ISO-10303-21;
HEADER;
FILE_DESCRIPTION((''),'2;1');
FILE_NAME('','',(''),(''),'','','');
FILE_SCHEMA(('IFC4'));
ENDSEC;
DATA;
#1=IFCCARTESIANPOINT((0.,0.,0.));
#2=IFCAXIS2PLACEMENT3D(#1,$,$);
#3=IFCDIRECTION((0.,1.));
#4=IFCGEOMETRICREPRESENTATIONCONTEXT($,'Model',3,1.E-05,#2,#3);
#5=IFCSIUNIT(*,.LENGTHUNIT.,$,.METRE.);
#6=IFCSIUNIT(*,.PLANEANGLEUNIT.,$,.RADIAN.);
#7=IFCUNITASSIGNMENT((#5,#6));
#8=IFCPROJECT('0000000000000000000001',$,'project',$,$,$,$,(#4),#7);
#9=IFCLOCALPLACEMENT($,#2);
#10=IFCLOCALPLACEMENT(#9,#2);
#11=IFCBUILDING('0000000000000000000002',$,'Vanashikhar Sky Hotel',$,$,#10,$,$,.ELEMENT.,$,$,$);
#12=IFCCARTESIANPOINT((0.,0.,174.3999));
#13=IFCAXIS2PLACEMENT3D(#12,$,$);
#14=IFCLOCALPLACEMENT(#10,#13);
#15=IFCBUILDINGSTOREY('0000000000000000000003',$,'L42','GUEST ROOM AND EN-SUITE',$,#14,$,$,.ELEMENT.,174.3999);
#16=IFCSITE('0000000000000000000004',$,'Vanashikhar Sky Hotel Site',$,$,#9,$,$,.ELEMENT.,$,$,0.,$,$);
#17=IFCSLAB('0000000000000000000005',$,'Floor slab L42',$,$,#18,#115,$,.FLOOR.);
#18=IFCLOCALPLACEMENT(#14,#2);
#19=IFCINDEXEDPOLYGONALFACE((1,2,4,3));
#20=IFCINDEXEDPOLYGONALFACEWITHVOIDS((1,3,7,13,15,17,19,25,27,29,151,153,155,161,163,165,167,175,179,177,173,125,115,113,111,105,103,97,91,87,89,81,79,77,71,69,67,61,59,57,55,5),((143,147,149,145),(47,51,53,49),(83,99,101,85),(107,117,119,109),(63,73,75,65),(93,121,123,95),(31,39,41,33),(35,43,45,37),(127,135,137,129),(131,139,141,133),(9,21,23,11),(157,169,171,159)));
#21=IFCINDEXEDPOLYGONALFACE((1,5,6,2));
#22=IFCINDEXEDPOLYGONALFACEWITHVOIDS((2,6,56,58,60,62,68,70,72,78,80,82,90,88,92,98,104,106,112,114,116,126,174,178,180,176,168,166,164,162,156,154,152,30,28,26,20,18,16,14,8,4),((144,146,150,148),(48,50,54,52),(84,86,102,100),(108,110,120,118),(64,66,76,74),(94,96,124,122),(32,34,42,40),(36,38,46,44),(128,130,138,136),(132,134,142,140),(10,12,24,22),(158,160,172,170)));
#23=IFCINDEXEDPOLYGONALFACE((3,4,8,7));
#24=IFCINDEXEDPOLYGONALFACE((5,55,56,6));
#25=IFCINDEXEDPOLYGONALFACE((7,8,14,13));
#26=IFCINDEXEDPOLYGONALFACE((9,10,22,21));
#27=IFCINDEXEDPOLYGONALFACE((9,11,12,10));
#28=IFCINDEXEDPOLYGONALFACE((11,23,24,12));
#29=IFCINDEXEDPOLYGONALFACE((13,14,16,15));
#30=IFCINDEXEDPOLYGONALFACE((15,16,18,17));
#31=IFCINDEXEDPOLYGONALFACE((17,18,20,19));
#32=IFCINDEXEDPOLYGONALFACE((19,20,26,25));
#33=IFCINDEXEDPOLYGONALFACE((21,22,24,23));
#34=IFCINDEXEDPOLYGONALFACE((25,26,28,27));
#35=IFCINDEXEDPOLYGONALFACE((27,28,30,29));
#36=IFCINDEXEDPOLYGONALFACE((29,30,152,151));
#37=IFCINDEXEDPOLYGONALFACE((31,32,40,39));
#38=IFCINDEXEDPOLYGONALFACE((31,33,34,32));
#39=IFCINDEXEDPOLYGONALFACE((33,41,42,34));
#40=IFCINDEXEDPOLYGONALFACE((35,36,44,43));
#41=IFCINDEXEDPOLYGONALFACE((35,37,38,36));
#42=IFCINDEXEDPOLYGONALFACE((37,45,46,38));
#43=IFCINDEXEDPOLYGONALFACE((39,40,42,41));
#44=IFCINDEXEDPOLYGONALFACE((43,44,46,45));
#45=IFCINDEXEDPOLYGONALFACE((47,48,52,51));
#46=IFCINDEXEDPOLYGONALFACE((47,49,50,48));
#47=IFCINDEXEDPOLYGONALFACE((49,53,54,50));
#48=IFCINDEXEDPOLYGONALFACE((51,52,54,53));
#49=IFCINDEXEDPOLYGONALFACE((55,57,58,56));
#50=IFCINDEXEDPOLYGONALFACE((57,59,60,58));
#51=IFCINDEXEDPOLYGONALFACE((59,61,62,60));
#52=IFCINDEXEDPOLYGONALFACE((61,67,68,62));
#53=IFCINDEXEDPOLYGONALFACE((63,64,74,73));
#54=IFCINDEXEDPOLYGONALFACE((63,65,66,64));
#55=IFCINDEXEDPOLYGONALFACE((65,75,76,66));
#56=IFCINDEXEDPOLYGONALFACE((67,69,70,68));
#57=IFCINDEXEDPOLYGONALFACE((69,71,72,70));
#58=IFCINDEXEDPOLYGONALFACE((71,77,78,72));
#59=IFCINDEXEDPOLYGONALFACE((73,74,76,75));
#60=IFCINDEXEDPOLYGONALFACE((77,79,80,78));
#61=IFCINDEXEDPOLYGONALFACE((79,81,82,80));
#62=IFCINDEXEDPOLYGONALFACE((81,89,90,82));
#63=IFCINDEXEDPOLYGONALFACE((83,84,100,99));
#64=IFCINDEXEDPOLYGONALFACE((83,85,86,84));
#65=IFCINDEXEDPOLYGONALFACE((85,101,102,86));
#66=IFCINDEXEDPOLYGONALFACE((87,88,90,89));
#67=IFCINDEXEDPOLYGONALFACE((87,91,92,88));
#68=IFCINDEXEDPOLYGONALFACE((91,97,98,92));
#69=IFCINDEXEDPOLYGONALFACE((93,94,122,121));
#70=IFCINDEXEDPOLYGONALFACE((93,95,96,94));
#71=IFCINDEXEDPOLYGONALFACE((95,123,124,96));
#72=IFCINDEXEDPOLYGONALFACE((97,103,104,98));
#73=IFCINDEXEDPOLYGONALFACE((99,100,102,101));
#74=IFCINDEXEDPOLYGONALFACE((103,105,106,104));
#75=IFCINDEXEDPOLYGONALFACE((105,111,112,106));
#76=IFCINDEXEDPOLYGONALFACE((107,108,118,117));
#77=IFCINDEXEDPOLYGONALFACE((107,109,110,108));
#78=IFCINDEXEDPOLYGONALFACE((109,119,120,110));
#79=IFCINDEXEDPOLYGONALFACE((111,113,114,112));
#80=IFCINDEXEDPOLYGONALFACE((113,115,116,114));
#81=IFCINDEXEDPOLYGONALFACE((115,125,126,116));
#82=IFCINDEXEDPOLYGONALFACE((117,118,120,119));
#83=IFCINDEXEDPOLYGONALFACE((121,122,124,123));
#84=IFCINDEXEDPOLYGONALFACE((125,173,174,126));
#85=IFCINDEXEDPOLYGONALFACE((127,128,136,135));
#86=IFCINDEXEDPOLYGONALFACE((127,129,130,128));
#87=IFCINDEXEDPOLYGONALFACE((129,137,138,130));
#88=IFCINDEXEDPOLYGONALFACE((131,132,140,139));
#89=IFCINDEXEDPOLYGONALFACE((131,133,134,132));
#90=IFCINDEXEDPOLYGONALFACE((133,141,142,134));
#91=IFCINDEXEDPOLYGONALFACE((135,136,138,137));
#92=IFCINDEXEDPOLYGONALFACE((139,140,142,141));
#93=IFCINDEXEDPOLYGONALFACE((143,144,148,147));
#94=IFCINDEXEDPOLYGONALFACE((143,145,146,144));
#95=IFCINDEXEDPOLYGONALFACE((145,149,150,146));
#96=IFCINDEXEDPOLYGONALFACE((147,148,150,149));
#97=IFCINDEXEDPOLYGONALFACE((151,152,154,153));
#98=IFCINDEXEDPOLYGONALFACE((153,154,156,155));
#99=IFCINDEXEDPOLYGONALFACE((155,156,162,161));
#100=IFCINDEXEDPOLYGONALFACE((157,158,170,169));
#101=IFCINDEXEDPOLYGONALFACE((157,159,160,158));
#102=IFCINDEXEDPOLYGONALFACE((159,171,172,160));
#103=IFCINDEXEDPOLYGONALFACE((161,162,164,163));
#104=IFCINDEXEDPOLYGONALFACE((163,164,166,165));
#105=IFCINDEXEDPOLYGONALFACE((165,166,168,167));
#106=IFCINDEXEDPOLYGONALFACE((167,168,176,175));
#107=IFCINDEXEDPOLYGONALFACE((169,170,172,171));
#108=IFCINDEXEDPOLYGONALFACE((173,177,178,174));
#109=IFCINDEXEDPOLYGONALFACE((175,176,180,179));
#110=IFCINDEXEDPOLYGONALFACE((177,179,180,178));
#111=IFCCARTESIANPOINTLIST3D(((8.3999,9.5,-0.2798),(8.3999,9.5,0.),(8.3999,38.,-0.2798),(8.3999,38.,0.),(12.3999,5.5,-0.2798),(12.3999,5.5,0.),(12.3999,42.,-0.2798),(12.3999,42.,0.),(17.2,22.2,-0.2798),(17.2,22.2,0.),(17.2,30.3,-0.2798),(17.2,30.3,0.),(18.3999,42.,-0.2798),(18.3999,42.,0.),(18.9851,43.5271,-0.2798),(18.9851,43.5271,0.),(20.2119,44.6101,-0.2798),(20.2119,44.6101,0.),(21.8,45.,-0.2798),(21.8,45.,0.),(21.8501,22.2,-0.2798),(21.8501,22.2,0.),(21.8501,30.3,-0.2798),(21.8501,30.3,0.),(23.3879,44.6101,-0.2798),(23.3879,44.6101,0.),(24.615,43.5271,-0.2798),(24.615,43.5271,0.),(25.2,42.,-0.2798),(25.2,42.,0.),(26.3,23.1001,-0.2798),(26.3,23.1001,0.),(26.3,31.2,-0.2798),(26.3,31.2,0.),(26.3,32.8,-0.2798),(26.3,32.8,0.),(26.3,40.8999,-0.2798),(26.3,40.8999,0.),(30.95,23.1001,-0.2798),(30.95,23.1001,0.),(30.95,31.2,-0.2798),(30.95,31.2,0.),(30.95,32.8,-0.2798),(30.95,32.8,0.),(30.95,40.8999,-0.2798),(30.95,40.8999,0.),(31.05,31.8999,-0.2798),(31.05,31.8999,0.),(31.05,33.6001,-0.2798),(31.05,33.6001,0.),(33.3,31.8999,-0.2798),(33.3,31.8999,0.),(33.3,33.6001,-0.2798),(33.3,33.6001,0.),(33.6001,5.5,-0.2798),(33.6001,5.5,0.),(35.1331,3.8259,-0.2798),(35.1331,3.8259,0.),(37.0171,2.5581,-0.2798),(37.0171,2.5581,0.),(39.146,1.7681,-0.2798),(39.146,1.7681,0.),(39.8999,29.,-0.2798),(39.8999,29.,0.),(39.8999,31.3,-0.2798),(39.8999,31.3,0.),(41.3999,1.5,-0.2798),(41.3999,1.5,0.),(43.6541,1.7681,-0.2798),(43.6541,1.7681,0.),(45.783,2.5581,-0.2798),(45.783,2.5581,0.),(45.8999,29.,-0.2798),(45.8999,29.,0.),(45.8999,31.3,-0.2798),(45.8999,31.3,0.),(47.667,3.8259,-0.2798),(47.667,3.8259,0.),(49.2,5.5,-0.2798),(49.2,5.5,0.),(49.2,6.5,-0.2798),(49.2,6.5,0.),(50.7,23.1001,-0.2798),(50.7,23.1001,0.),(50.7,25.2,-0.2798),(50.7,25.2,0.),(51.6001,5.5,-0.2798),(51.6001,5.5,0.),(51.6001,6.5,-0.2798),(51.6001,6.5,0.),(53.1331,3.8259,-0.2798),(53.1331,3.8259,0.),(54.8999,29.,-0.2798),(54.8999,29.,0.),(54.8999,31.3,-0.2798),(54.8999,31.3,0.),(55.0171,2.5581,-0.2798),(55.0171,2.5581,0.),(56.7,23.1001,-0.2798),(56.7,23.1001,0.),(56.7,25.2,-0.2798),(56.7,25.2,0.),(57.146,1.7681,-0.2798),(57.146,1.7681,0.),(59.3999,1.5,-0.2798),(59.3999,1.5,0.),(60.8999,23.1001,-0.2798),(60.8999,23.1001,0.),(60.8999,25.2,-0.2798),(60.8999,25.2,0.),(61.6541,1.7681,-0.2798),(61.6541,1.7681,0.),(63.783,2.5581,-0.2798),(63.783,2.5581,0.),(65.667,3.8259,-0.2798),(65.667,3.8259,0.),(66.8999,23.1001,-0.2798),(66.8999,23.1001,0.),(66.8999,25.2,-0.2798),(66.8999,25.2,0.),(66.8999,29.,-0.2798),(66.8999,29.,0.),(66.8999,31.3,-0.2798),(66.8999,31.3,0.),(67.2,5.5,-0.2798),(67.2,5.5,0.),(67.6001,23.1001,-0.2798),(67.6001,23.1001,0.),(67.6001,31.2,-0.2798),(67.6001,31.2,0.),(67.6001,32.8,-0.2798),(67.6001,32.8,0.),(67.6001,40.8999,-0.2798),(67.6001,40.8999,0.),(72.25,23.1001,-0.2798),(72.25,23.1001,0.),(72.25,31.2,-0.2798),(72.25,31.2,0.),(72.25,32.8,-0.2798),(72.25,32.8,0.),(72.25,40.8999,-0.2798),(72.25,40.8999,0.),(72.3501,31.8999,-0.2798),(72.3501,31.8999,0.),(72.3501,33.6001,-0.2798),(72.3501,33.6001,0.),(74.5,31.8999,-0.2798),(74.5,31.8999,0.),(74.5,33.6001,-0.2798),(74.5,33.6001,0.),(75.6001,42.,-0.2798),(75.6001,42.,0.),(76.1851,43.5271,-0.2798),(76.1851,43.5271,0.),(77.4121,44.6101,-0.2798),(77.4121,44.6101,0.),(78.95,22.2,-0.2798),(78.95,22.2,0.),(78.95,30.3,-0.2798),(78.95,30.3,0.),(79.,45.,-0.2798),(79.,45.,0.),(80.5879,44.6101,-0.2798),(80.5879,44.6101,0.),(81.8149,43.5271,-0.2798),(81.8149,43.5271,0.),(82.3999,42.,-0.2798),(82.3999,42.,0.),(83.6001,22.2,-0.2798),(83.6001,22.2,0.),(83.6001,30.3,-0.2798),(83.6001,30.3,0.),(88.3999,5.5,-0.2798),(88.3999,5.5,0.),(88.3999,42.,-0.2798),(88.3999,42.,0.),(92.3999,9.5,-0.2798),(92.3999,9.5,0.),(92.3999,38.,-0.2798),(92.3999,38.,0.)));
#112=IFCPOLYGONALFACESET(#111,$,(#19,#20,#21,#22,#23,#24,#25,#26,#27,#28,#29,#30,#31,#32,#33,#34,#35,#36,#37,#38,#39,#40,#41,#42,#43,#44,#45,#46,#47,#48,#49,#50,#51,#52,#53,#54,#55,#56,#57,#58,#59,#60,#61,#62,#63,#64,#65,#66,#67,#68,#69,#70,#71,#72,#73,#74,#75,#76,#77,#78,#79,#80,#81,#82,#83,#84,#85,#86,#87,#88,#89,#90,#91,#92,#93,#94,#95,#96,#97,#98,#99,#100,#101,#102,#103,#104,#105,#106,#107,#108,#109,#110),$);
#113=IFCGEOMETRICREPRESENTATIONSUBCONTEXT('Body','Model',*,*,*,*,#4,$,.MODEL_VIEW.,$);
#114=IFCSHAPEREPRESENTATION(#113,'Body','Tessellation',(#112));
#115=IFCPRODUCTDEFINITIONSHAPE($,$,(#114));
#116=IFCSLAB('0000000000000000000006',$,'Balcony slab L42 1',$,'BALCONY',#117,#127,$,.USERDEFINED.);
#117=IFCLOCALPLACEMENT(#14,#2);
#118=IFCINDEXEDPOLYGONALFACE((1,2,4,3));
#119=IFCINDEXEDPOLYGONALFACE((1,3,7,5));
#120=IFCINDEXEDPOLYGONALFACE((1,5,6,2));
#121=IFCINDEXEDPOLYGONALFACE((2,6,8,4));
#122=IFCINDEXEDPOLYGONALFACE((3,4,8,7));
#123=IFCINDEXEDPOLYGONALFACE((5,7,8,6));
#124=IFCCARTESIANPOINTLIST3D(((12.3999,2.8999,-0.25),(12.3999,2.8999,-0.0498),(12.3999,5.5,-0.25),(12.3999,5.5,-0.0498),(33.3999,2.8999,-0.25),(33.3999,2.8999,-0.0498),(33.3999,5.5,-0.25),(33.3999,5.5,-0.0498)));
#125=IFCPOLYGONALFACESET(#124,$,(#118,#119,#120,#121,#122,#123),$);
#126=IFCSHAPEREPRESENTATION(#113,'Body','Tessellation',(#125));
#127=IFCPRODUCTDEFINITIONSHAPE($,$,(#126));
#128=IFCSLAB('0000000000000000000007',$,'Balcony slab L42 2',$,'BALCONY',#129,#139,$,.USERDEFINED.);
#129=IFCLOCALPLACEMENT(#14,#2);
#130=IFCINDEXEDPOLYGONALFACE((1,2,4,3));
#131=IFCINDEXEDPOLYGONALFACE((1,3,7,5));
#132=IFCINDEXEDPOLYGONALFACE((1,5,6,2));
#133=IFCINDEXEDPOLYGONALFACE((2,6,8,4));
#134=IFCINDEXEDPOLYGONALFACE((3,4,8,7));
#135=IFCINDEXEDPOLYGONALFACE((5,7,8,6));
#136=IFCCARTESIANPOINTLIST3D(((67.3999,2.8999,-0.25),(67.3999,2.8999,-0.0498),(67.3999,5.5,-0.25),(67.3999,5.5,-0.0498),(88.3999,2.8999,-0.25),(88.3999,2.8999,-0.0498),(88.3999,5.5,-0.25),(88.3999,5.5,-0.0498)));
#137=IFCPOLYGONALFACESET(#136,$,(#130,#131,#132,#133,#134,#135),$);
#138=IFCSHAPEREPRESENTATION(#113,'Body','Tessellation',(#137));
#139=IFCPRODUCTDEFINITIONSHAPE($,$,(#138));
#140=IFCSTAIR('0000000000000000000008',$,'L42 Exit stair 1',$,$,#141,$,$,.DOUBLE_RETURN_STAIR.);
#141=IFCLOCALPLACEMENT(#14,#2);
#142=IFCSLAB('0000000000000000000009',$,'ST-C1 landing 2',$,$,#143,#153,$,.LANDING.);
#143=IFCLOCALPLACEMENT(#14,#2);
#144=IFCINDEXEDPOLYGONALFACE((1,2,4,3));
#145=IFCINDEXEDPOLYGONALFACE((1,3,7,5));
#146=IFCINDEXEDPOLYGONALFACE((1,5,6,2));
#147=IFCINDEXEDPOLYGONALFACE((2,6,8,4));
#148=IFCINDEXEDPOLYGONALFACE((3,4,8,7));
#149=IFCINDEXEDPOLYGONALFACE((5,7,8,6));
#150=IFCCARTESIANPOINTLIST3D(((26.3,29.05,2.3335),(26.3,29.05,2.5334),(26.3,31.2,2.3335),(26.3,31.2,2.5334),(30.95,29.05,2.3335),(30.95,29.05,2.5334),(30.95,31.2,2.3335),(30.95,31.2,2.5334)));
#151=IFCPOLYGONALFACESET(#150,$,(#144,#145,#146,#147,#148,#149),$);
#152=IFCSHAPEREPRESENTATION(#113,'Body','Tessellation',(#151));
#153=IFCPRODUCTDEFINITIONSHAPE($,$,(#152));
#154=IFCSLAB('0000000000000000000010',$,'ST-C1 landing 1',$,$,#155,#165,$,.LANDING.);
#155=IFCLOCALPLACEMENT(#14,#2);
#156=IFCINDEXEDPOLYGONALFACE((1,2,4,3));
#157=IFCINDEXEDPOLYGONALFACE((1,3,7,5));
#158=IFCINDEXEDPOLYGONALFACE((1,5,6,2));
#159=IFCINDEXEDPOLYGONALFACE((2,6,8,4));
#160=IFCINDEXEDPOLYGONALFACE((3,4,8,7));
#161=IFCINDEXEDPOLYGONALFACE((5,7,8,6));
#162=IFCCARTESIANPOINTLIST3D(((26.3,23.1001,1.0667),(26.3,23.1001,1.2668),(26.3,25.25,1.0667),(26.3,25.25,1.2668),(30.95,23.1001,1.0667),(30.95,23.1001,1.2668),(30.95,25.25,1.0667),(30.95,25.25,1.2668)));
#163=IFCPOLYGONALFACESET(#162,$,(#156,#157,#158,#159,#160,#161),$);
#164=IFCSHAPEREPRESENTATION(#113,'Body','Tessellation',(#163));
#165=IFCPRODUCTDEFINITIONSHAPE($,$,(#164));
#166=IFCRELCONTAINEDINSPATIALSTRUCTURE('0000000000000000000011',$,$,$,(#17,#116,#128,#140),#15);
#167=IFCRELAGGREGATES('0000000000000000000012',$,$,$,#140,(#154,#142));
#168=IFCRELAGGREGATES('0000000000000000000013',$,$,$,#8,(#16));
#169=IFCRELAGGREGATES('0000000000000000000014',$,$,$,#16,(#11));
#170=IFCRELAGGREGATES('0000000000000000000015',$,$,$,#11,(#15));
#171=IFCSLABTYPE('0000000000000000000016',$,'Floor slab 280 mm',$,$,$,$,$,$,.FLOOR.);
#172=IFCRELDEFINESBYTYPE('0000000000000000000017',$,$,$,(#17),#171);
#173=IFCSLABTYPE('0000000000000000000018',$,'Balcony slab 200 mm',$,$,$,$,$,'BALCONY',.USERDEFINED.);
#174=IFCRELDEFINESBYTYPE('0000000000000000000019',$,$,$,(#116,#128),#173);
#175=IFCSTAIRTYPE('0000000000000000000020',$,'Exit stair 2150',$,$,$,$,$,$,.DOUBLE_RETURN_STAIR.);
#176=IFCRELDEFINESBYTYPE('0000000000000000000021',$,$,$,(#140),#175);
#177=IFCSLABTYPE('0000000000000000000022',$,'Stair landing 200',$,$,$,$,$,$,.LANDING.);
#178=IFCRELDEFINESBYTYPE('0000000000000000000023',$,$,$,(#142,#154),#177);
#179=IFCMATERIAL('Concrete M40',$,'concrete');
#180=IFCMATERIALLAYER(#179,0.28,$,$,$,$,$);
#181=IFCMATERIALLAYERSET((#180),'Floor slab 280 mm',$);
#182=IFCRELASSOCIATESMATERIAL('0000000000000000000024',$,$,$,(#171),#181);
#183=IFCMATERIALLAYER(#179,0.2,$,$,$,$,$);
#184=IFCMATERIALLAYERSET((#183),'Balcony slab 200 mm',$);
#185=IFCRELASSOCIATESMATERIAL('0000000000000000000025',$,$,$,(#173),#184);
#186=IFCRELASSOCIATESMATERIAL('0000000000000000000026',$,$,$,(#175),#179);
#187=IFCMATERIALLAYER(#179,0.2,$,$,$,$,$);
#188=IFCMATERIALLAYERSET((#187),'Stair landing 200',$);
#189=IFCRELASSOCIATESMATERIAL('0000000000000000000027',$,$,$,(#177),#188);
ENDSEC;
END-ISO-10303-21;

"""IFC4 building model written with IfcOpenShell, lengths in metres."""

from ifc_helpers import new_model, si_unit, direction, frame, origin, place, context, subcontext, project, spatial, polyline, outline, extrude, source, transform, mapped, material, layer, layer_set, type_object, element, aggregate, save


model = new_model("IFC4")

# Units and contexts
model_context = context("Model", 3, precision=1e-05, world=origin(), true_north=direction((0.0, 1.0)))
body_context = subcontext(model_context, "Body", "Model", "MODEL_VIEW")
ifc_project = project(units=[si_unit("LENGTHUNIT", "METRE"), si_unit("PLANEANGLEUNIT", "RADIAN")], contexts=[model_context])

# Site, building, storey
site_placement = place(None, origin())
site = spatial("IfcSite", under=ifc_project, at=site_placement, Name="Vanashikhar Sky Hotel Site", CompositionType="ELEMENT", RefElevation=0.0)
building_placement = place(site_placement, origin())
building = spatial("IfcBuilding", under=site, at=building_placement, Name="Vanashikhar Sky Hotel", CompositionType="ELEMENT")
storey_placement = place(building_placement, frame((0.0, 0.0, 174.3999)))
storey = spatial("IfcBuildingStorey", under=building, at=storey_placement, Name="L42", Description="GUEST ROOM AND EN-SUITE", CompositionType="ELEMENT", Elevation=174.3999)

# Slabs
ifc_material = material(Name="Concrete M40", Category="concrete")
ifc_layer_1 = layer(ifc_material, 0.28)
ifc_layer_set_1 = layer_set([ifc_layer_1], Name="Floor slab 280 mm")
slab_type_1 = type_object("IfcSlabType", Name="Floor slab 280 mm", PredefinedType="FLOOR", material=ifc_layer_set_1)
shared_shape_1 = source(origin(), body_context, "Body", "SweptSolid", [
    extrude(outline(polyline([(49.2, 5.5), (49.2, 6.5), (51.6001, 6.5), (51.6001, 5.5), (53.1331, 3.8259), (55.0171, 2.5581), (57.146, 1.7681), (59.3999, 1.5), (61.6541, 1.7681), (63.783, 2.5581), (65.667, 3.8259), (67.2, 5.5), (88.3999, 5.5), (92.3999, 9.5), (92.3999, 38.0), (88.3999, 42.0), (82.3999, 42.0), (81.8149, 43.5271), (80.5879, 44.6101), (79.0, 45.0), (77.4121, 44.6101), (76.1851, 43.5271), (75.6001, 42.0), (25.2, 42.0), (24.615, 43.5271), (23.3879, 44.6101), (21.8, 45.0), (20.2119, 44.6101), (18.9851, 43.5271), (18.3999, 42.0), (12.3999, 42.0), (8.3999, 38.0), (8.3999, 9.5), (12.3999, 5.5), (33.6001, 5.5), (35.1331, 3.8259), (37.0171, 2.5581), (39.146, 1.7681), (41.3999, 1.5), (43.6541, 1.7681), (45.783, 2.5581), (47.667, 3.8259), (49.2, 5.5)]), holes=[polyline([(33.3, 33.6001), (31.05, 33.6001), (31.05, 31.8999), (33.3, 31.8999), (33.3, 33.6001)]), polyline([(39.8999, 31.3), (39.8999, 29.0), (45.8999, 29.0), (45.8999, 31.3), (39.8999, 31.3)]), polyline([(50.7, 25.2), (50.7, 23.1001), (56.7, 23.1001), (56.7, 25.2), (50.7, 25.2)]), polyline([(66.8999, 29.0), (66.8999, 31.3), (54.8999, 31.3), (54.8999, 29.0), (66.8999, 29.0)]), polyline([(60.8999, 25.2), (60.8999, 23.1001), (66.8999, 23.1001), (66.8999, 25.2), (60.8999, 25.2)]), polyline([(74.5, 33.6001), (72.3501, 33.6001), (72.3501, 31.8999), (74.5, 31.8999), (74.5, 33.6001)]), polyline([(30.95, 23.1001), (30.95, 31.2), (26.3, 31.2), (26.3, 23.1001), (30.95, 23.1001)]), polyline([(72.25, 23.1001), (72.25, 31.2), (67.6001, 31.2), (67.6001, 23.1001), (72.25, 23.1001)]), polyline([(30.95, 32.8), (30.95, 40.8999), (26.3, 40.8999), (26.3, 32.8), (30.95, 32.8)]), polyline([(72.25, 32.8), (72.25, 40.8999), (67.6001, 40.8999), (67.6001, 32.8), (72.25, 32.8)]), polyline([(83.6001, 22.2), (83.6001, 30.3), (78.95, 30.3), (78.95, 22.2), (83.6001, 22.2)]), polyline([(21.8501, 22.2), (21.8501, 30.3), (17.2, 30.3), (17.2, 22.2), (21.8501, 22.2)])]), origin(), (0.0, 0.0, 1.0), 0.2798),
])
slab_1_placement = place(storey_placement, frame((0.0, 0.0, -0.2798)))
element("IfcSlab", 1, at=slab_1_placement, inside=storey, type_object=slab_type_1, Name="Floor slab L42", PredefinedType="FLOOR", context=body_context, shape_type="MappedRepresentation", body=[
    mapped(shared_shape_1, transform((0.0, 0.0, 0.0), scale=1.0)),
])
ifc_layer_2 = layer(ifc_material, 0.2)
ifc_layer_set_2 = layer_set([ifc_layer_2], Name="Balcony slab 200 mm")
slab_type_2 = type_object("IfcSlabType", Name="Balcony slab 200 mm", ElementType="BALCONY", PredefinedType="USERDEFINED", material=ifc_layer_set_2)
shared_shape_2 = source(origin(), body_context, "Body", "SweptSolid", [
    extrude(outline(polyline([(12.3999, 2.8999), (33.3999, 2.8999), (33.3999, 5.5), (12.3999, 5.5), (12.3999, 2.8999)])), origin(), (0.0, 0.0, 1.0), 0.2002),
])
slab_2_placement = place(storey_placement, frame((0.0, 0.0, -0.25)))
element("IfcSlab", 2, at=slab_2_placement, inside=storey, type_object=slab_type_2, Name="Balcony slab L42 1", ObjectType="BALCONY", PredefinedType="USERDEFINED", context=body_context, shape_type="MappedRepresentation", body=[
    mapped(shared_shape_2, transform((0.0, 0.0, 0.0), scale=1.0)),
])
shared_shape_3 = source(origin(), body_context, "Body", "SweptSolid", [
    extrude(outline(polyline([(67.3999, 2.8999), (88.3999, 2.8999), (88.3999, 5.5), (67.3999, 5.5), (67.3999, 2.8999)])), origin(), (0.0, 0.0, 1.0), 0.2002),
])
slab_3_placement = place(storey_placement, frame((0.0, 0.0, -0.25)))
element("IfcSlab", 3, at=slab_3_placement, inside=storey, type_object=slab_type_2, Name="Balcony slab L42 2", ObjectType="BALCONY", PredefinedType="USERDEFINED", context=body_context, shape_type="MappedRepresentation", body=[
    mapped(shared_shape_3, transform((0.0, 0.0, 0.0), scale=1.0)),
])

# Stair, slabs
stair_type = type_object("IfcStairType", Name="Exit stair 2150", PredefinedType="DOUBLE_RETURN_STAIR", material=ifc_material)
stair_1_placement = place(storey_placement, origin())
stair_1 = element("IfcStair", 4, at=stair_1_placement, inside=storey, type_object=stair_type, Name="L42 Exit stair 1", PredefinedType="DOUBLE_RETURN_STAIR")
ifc_layer_3 = layer(ifc_material, 0.2)
ifc_layer_set_3 = layer_set([ifc_layer_3], Name="Stair landing 200")
slab_type_3 = type_object("IfcSlabType", Name="Stair landing 200", PredefinedType="LANDING", material=ifc_layer_set_3)
shared_shape_4 = source(origin(), body_context, "Body", "SweptSolid", [
    extrude(outline(polyline([(30.95, 29.05), (30.95, 31.2), (26.3, 31.2), (26.3, 29.05), (30.95, 29.05)])), origin(), (0.0, 0.0, 1.0), 0.2),
])
slab_4_placement = place(storey_placement, frame((0.0, 0.0, 2.3335)))
slab_4 = element("IfcSlab", 5, at=slab_4_placement, type_object=slab_type_3, Name="ST-C1 landing 2", PredefinedType="LANDING", context=body_context, shape_type="MappedRepresentation", body=[
    mapped(shared_shape_4, transform((0.0, 0.0, 0.0), scale=1.0)),
])
shared_shape_5 = source(origin(), body_context, "Body", "SweptSolid", [
    extrude(outline(polyline([(30.95, 23.1001), (30.95, 25.25), (26.3, 25.25), (26.3, 23.1001), (30.95, 23.1001)])), origin(), (0.0, 0.0, 1.0), 0.2002),
])
slab_5_placement = place(storey_placement, frame((0.0, 0.0, 1.0667)))
slab_5 = element("IfcSlab", 6, at=slab_5_placement, type_object=slab_type_3, Name="ST-C1 landing 1", PredefinedType="LANDING", context=body_context, shape_type="MappedRepresentation", body=[
    mapped(shared_shape_5, transform((0.0, 0.0, 0.0), scale=1.0)),
])
aggregate(stair_1, [slab_5, slab_4])

save(model, "model.ifc")
